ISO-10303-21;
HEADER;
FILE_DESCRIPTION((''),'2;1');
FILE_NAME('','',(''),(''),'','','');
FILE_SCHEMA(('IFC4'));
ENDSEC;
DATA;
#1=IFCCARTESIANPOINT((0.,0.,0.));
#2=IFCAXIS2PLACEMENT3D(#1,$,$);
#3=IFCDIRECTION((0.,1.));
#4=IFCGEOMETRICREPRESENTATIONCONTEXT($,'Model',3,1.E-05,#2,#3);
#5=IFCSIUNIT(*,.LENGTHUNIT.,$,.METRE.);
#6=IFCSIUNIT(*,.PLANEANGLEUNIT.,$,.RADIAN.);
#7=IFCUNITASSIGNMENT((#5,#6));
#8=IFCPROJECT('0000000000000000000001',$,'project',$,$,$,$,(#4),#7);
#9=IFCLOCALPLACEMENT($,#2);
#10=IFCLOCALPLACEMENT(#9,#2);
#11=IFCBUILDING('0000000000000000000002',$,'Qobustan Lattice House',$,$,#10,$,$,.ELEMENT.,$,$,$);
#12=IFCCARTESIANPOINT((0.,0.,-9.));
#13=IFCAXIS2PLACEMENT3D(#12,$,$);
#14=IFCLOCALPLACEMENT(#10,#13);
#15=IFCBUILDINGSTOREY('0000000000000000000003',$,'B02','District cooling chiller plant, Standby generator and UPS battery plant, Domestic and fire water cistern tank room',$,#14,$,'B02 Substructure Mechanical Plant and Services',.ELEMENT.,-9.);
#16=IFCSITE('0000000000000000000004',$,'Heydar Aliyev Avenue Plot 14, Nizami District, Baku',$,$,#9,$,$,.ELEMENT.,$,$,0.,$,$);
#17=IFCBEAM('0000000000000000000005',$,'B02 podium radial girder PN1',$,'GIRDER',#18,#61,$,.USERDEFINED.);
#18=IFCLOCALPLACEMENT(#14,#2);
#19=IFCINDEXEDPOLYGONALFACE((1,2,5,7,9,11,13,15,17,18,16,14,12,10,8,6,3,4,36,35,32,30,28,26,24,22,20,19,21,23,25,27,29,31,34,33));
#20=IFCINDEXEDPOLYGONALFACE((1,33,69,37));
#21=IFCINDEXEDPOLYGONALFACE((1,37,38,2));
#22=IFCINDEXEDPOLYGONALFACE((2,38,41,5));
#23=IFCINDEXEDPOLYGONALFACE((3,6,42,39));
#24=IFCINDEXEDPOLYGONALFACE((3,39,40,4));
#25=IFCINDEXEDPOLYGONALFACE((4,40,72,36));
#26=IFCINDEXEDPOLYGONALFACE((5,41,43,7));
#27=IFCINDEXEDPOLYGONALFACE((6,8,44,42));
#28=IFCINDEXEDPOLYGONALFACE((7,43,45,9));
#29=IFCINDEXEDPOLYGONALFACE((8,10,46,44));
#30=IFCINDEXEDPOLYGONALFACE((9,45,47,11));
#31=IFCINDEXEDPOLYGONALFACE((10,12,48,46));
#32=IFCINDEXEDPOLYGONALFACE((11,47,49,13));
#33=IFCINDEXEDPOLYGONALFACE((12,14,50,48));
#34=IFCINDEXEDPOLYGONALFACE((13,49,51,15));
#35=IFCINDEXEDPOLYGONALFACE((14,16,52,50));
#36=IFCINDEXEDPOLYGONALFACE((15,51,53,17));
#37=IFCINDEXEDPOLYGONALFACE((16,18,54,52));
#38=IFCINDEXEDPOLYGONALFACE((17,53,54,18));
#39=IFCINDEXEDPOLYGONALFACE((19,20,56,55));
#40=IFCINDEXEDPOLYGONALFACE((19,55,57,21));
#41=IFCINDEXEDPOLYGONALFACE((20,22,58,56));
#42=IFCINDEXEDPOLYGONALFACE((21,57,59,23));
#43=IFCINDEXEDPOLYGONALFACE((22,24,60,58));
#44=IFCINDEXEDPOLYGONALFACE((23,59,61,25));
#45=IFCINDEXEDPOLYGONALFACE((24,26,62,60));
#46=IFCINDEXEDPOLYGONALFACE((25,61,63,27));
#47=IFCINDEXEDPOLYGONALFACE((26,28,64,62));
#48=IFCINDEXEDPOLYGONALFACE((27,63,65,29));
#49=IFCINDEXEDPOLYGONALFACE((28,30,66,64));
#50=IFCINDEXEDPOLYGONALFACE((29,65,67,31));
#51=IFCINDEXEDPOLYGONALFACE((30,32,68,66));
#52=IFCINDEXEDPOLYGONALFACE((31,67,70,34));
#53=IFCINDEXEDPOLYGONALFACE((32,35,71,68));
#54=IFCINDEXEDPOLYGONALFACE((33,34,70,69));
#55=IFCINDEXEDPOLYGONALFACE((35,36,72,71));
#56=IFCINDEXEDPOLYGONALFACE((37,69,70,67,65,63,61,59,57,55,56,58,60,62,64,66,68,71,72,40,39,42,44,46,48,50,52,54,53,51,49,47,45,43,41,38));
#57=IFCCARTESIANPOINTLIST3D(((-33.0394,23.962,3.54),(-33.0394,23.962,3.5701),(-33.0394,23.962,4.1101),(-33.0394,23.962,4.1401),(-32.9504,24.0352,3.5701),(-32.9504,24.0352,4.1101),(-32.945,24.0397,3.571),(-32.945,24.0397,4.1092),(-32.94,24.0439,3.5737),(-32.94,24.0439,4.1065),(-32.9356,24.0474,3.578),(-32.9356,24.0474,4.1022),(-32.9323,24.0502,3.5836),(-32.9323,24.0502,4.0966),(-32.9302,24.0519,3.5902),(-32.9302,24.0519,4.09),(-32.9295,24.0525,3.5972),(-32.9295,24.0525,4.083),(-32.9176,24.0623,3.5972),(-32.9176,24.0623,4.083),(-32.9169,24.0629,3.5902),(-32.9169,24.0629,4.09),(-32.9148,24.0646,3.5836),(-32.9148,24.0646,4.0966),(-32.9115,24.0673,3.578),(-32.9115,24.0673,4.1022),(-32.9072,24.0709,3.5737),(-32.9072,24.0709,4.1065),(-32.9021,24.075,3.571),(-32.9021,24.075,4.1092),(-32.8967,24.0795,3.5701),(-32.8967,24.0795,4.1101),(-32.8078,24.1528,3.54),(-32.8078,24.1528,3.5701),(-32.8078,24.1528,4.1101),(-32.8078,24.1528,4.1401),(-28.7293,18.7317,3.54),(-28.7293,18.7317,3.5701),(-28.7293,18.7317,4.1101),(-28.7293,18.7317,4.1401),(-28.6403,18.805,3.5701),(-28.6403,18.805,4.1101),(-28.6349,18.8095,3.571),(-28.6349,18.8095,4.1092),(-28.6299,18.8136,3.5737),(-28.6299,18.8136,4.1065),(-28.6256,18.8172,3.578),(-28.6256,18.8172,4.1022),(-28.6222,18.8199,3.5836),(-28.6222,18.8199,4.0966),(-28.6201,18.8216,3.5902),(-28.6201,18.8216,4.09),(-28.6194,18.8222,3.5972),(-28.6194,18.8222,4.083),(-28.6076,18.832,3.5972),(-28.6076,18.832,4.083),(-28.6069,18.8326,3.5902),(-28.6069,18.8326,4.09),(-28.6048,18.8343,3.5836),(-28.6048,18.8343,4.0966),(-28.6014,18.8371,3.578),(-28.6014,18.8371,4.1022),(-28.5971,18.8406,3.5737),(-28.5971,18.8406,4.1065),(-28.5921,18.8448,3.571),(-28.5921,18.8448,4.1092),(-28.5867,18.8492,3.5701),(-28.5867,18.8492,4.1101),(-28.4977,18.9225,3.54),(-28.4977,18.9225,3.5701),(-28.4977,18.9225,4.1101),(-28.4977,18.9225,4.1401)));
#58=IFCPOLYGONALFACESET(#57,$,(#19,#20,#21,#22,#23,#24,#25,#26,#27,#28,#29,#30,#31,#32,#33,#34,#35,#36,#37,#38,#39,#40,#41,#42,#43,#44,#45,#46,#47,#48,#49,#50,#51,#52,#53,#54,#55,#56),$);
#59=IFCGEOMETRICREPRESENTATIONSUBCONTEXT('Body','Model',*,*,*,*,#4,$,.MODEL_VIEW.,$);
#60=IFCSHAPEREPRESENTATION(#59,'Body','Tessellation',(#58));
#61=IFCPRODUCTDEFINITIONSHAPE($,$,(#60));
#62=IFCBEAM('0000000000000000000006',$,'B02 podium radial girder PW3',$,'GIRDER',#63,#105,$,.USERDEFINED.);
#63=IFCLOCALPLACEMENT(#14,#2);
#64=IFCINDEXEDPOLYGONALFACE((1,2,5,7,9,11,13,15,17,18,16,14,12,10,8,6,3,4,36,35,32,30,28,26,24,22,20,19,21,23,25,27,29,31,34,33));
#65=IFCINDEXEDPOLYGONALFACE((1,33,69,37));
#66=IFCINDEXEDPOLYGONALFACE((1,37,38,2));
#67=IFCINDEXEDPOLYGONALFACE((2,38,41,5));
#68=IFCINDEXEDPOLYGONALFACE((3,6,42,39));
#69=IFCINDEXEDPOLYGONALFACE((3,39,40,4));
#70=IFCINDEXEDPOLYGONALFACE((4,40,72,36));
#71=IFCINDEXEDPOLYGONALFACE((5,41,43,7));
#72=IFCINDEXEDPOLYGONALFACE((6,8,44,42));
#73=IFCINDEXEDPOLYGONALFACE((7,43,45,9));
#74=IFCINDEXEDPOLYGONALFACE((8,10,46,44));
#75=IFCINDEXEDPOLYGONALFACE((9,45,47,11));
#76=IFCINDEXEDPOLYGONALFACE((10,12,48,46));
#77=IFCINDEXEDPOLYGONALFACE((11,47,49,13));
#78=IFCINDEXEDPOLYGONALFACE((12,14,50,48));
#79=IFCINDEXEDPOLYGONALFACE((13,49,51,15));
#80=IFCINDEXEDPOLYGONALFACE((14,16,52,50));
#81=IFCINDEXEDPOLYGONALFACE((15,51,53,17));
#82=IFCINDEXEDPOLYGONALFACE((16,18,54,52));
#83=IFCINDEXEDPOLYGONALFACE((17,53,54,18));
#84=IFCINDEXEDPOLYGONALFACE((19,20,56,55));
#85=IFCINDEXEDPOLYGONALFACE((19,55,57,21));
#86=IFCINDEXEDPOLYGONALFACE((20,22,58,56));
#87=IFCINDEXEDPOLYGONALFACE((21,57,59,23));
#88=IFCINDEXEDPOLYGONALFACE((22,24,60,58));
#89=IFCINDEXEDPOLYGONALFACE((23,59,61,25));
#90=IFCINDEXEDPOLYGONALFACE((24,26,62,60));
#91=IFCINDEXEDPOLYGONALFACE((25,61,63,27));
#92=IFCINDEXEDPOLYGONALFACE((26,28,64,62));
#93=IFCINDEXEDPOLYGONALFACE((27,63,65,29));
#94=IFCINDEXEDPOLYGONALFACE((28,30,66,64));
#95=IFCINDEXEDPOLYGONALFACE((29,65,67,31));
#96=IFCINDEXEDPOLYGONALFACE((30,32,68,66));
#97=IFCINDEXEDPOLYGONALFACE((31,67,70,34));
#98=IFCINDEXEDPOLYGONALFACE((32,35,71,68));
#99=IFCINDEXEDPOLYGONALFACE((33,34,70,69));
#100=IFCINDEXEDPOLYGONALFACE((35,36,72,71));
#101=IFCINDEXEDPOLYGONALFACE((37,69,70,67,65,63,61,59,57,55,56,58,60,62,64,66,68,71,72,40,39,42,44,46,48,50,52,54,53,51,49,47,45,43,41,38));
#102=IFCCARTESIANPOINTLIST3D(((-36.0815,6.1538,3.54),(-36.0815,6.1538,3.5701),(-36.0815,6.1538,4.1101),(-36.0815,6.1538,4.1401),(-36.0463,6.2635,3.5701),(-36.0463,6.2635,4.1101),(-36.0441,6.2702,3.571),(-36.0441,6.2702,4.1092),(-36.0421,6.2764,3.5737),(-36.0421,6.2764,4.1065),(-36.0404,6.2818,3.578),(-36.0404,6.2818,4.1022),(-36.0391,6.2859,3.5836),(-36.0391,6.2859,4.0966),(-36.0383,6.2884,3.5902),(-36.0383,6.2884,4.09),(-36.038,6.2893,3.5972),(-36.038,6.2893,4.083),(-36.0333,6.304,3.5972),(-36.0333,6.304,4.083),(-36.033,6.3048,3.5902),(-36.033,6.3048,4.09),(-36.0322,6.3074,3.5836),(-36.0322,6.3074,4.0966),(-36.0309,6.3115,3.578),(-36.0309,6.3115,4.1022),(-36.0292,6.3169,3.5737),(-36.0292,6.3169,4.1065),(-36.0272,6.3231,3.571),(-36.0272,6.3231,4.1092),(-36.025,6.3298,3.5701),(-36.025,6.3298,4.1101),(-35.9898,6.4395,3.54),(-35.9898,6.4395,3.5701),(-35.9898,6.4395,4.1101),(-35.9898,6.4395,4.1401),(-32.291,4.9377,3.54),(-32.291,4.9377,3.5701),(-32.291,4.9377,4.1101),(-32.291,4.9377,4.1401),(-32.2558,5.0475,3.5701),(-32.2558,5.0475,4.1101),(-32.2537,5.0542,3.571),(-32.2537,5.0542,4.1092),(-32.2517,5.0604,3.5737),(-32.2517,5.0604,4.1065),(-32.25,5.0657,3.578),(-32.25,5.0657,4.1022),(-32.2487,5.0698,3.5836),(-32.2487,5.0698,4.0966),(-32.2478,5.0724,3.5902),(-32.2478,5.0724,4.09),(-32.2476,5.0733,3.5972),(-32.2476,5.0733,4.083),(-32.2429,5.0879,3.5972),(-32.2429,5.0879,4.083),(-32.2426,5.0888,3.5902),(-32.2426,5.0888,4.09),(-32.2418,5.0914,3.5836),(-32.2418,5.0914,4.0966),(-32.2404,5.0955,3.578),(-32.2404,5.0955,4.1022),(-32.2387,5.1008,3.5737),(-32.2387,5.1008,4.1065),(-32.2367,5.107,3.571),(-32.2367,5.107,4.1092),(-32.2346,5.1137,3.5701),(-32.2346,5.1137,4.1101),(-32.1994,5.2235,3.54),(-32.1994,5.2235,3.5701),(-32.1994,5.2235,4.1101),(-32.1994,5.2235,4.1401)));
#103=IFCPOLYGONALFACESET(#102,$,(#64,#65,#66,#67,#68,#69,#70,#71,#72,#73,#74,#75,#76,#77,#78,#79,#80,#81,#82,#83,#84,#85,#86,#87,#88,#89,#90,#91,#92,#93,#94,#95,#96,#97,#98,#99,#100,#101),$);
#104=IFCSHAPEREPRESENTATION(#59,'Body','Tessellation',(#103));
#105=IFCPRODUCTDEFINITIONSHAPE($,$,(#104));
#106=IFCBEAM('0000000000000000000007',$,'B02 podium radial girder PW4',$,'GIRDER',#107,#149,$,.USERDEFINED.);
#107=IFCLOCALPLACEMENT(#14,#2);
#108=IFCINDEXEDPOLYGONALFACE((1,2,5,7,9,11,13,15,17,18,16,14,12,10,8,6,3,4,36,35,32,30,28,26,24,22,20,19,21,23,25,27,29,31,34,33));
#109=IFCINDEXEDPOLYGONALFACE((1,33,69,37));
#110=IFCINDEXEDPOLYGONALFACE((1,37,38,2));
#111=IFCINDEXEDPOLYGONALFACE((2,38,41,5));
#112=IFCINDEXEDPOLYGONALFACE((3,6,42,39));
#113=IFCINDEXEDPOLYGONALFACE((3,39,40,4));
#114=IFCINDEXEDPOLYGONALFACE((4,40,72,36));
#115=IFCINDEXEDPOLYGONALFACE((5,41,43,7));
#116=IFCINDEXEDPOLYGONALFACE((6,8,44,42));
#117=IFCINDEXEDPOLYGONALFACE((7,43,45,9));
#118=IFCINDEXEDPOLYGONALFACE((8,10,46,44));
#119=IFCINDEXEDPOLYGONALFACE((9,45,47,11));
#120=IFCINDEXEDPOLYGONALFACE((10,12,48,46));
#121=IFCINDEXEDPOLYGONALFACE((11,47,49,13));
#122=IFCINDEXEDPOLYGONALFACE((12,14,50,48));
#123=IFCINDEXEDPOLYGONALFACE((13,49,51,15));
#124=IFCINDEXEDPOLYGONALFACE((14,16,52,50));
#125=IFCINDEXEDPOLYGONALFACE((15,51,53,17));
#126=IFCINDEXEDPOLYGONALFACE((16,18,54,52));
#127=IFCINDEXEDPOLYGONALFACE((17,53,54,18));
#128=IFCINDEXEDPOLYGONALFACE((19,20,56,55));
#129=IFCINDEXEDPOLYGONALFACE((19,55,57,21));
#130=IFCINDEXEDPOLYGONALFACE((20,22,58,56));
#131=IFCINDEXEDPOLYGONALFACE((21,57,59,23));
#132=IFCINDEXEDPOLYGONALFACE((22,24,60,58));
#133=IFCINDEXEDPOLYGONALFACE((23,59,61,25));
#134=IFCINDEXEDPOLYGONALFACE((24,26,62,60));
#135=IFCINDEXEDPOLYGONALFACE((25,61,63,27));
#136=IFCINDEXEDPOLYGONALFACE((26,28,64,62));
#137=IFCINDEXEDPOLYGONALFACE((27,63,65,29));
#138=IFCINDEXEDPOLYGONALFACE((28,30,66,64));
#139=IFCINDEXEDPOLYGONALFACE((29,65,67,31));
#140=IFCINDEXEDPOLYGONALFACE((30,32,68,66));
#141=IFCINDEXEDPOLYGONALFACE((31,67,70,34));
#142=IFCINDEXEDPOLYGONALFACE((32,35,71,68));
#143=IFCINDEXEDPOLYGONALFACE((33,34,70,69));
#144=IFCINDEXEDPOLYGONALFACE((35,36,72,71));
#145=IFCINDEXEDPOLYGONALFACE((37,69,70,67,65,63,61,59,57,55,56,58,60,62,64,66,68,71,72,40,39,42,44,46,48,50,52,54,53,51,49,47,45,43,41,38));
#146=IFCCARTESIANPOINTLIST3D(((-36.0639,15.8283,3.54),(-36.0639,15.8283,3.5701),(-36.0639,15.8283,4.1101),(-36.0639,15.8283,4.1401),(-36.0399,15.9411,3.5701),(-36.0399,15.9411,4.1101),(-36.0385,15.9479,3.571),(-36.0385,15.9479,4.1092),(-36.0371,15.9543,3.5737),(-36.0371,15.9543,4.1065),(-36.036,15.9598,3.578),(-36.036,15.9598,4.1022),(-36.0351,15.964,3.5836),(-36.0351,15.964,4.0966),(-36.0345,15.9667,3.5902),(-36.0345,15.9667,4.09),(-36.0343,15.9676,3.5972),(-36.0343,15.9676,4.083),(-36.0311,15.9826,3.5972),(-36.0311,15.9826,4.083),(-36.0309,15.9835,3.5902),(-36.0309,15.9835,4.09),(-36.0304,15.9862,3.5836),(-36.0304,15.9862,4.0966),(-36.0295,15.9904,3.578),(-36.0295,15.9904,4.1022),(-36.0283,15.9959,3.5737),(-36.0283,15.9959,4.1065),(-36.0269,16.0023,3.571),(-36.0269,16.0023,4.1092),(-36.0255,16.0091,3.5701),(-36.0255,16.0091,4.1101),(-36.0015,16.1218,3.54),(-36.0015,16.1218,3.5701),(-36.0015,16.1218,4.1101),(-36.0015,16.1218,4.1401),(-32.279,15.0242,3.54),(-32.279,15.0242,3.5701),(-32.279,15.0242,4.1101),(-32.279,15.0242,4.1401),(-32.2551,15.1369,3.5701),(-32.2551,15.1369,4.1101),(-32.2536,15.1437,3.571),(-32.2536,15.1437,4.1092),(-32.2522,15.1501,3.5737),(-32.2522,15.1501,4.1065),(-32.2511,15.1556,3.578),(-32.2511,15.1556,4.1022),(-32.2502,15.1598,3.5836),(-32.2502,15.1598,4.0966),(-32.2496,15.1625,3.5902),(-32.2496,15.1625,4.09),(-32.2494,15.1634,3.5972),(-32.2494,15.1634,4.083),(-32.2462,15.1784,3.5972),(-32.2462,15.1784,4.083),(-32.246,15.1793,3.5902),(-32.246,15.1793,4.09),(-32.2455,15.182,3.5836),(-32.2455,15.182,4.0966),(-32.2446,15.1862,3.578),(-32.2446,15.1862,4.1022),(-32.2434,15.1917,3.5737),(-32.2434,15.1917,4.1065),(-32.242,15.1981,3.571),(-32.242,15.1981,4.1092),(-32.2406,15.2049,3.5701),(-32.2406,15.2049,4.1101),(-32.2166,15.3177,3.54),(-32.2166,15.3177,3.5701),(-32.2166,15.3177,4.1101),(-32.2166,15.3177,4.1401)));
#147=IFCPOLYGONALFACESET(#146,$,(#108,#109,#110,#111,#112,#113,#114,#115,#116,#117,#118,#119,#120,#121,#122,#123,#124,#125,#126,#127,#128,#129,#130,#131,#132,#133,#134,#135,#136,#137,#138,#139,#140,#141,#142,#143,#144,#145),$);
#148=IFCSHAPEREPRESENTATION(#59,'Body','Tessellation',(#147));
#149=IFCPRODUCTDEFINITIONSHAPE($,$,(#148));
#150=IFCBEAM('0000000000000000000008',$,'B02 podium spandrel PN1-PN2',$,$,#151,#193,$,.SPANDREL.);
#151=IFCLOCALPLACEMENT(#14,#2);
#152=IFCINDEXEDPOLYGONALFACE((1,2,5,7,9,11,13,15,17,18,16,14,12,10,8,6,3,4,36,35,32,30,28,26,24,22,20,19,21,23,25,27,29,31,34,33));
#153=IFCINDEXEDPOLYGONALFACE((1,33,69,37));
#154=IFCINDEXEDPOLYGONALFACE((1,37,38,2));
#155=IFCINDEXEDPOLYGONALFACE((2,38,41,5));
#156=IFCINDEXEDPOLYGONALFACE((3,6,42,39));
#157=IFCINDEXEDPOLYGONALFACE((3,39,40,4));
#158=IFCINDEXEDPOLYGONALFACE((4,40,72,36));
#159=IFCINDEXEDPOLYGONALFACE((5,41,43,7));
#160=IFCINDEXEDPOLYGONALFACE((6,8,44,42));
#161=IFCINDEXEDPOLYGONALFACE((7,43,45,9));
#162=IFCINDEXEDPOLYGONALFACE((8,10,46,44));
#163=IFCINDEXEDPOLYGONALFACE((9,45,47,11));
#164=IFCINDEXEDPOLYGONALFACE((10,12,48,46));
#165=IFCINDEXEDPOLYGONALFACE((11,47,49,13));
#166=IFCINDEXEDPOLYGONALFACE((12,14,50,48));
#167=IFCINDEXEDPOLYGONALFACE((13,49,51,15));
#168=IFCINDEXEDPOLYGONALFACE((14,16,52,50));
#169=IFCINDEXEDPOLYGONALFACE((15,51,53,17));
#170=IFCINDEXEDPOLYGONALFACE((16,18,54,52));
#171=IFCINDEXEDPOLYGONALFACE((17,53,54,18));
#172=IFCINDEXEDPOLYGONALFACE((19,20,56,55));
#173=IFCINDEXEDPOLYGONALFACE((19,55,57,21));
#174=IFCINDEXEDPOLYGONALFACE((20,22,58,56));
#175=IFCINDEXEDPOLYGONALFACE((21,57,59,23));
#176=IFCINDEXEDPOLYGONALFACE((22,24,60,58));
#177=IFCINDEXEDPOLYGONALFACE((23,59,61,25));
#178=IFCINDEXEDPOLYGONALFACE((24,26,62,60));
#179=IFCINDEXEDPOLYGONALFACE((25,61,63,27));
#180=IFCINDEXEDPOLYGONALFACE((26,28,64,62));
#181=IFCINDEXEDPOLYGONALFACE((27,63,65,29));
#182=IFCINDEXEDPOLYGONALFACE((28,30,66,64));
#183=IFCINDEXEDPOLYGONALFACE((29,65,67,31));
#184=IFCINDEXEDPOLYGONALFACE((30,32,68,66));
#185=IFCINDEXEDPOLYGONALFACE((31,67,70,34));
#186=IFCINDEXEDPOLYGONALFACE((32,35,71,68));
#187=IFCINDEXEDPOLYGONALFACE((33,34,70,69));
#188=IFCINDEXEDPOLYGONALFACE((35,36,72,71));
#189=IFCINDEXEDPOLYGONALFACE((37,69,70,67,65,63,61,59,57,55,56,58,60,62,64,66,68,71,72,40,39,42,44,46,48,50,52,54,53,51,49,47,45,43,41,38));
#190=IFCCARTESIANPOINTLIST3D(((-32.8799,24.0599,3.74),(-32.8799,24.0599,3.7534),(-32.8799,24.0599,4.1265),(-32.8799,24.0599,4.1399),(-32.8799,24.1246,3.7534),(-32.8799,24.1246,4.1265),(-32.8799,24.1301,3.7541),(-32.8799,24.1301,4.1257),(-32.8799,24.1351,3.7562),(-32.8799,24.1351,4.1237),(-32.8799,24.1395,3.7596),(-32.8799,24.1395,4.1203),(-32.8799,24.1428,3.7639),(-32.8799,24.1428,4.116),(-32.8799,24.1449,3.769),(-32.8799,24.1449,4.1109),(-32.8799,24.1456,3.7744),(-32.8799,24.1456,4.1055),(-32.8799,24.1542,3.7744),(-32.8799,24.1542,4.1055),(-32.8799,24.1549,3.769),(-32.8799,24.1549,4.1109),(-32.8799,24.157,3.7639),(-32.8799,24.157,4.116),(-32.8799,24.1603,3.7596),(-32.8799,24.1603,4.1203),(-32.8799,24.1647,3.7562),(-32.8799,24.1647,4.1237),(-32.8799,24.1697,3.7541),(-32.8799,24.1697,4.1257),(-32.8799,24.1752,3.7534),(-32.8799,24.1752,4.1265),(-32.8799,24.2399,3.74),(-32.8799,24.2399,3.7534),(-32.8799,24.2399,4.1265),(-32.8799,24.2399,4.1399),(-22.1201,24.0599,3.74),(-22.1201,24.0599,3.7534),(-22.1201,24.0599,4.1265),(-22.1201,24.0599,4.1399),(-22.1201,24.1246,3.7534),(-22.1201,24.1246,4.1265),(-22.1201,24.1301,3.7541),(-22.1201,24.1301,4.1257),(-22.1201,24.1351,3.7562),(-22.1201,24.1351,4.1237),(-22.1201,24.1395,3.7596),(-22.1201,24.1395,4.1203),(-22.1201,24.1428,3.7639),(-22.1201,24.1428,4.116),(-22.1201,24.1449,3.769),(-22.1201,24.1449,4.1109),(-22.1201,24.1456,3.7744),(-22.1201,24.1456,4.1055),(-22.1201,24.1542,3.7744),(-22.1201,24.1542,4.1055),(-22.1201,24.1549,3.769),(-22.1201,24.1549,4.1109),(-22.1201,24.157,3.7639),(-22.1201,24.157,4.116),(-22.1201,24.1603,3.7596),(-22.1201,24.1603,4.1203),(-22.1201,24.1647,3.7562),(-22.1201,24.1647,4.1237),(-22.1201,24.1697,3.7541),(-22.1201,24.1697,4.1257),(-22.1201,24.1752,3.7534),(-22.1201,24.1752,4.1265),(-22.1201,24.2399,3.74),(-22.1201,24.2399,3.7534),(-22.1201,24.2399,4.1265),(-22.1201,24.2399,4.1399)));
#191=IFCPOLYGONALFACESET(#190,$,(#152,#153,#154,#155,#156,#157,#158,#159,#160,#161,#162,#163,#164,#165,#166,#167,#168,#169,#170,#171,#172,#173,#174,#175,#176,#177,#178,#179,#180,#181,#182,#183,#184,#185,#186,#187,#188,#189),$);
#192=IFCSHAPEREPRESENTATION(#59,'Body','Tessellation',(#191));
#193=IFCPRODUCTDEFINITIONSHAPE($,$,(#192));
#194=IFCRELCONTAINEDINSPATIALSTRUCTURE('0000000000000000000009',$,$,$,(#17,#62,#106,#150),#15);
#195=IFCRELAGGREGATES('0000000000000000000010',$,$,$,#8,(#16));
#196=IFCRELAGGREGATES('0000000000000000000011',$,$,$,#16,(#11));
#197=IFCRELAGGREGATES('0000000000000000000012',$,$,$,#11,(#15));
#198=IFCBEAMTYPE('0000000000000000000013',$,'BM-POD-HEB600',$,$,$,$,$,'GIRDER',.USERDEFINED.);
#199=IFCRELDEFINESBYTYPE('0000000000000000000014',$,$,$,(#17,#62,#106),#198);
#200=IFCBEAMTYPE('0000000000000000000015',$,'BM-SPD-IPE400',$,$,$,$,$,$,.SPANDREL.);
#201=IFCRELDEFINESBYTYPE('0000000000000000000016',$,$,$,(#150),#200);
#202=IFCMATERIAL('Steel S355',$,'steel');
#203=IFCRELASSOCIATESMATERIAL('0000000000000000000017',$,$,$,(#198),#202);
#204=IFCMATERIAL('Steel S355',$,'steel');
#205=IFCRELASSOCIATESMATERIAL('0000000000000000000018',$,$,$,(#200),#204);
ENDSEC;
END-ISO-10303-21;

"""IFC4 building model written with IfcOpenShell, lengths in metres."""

from ifc_helpers import new_model, si_unit, direction, frame, origin, origin_2d, place, context, subcontext, project, spatial, i_section, extrude, material, material_profile, profile_set, type_object, element, save


model = new_model("IFC4")

# Units and contexts
model_context = context("Model", 3, precision=1e-05, world=origin(), true_north=direction((0.0, 1.0)))
body_context = subcontext(model_context, "Body", "Model", "MODEL_VIEW")
ifc_project = project(units=[si_unit("LENGTHUNIT", "METRE"), si_unit("PLANEANGLEUNIT", "RADIAN")], contexts=[model_context])

# Site, building, storey
site_placement = place(None, origin())
site = spatial("IfcSite", under=ifc_project, at=site_placement, Name="Heydar Aliyev Avenue Plot 14, Nizami District, Baku", CompositionType="ELEMENT", RefElevation=0.0)
building_placement = place(site_placement, origin())
building = spatial("IfcBuilding", under=site, at=building_placement, Name="Qobustan Lattice House", CompositionType="ELEMENT")
storey_placement = place(building_placement, frame((0.0, 0.0, -9.0)))
storey = spatial("IfcBuildingStorey", under=building, at=storey_placement, Name="B02", Description="District cooling chiller plant, Standby generator and UPS battery plant, Domestic and fire water cistern tank room", LongName="B02 Substructure Mechanical Plant and Services", CompositionType="ELEMENT", Elevation=-9.0)

# Beams
ifc_material_1 = material(Name="Steel S355", Category="steel")
ifc_material_profile_1 = material_profile(ifc_material_1, i_section(OverallWidth=0.3, OverallDepth=0.6001, WebThickness=0.0154, FlangeThickness=0.03, FilletRadius=0.0271, at=origin_2d()), Name="HEB600")
ifc_profile_set_1 = profile_set([ifc_material_profile_1], Name="Steel S355")
beam_type_1 = type_object("IfcBeamType", Name="BM-POD-HEB600", ElementType="GIRDER", PredefinedType="USERDEFINED", material=ifc_profile_set_1)
beam_1_placement = place(storey_placement, frame((-32.9236, 24.0574, 3.8401), z_axis=(0.635955, -0.771726, 0.0), x_axis=(0.771726, 0.635955, 0.0)))
element("IfcBeam", 1, at=beam_1_placement, inside=storey, type_object=beam_type_1, Name="B02 podium radial girder PN1", ObjectType="GIRDER", PredefinedType="USERDEFINED", context=body_context, shape_type="SweptSolid", body=[
    extrude(i_section(OverallWidth=0.3, OverallDepth=0.6001, WebThickness=0.0154, FlangeThickness=0.03, FilletRadius=0.0271, at=origin_2d()), origin(), (0.0, 0.0, 1.0), 6.7773),
])
beam_2_placement = place(storey_placement, frame((-36.0356, 6.2966, 3.8401), z_axis=(0.952198, -0.305481, 0.0), x_axis=(0.305481, 0.952198, 0.0)))
element("IfcBeam", 2, at=beam_2_placement, inside=storey, type_object=beam_type_1, Name="B02 podium radial girder PW3", ObjectType="GIRDER", PredefinedType="USERDEFINED", context=body_context, shape_type="SweptSolid", body=[
    extrude(i_section(OverallWidth=0.3, OverallDepth=0.6001, WebThickness=0.0154, FlangeThickness=0.03, FilletRadius=0.0271, at=origin_2d()), origin(), (0.0, 0.0, 1.0), 3.9807),
])
beam_3_placement = place(storey_placement, frame((-36.0327, 15.9751, 3.8401), z_axis=(0.978164, -0.207835, 0.0), x_axis=(0.207835, 0.978164, 0.0)))
element("IfcBeam", 3, at=beam_3_placement, inside=storey, type_object=beam_type_1, Name="B02 podium radial girder PW4", ObjectType="GIRDER", PredefinedType="USERDEFINED", context=body_context, shape_type="SweptSolid", body=[
    extrude(i_section(OverallWidth=0.3, OverallDepth=0.6001, WebThickness=0.0154, FlangeThickness=0.03, FilletRadius=0.0271, at=origin_2d()), origin(), (0.0, 0.0, 1.0), 3.8694),
])
ifc_material_2 = material(Name="Steel S355", Category="steel")
ifc_material_profile_2 = material_profile(ifc_material_2, i_section(OverallWidth=0.1799, OverallDepth=0.3999, WebThickness=0.0085, FlangeThickness=0.0134, FilletRadius=0.021, at=origin_2d()), Name="IPE400")
ifc_profile_set_2 = profile_set([ifc_material_profile_2], Name="Steel S355")
beam_type_2 = type_object("IfcBeamType", Name="BM-SPD-IPE400", PredefinedType="SPANDREL", material=ifc_profile_set_2)
beam_4_placement = place(storey_placement, frame((-32.8799, 24.1499, 3.9399), z_axis=(1.0, 0.0, 0.0), x_axis=(0.0, 1.0, 0.0)))
element("IfcBeam", 4, at=beam_4_placement, inside=storey, type_object=beam_type_2, Name="B02 podium spandrel PN1-PN2", PredefinedType="SPANDREL", context=body_context, shape_type="SweptSolid", body=[
    extrude(i_section(OverallWidth=0.1799, OverallDepth=0.3999, WebThickness=0.0085, FlangeThickness=0.0134, FilletRadius=0.021, at=origin_2d()), origin(), (0.0, 0.0, 1.0), 10.7598),
])

save(model, "model.ifc")
